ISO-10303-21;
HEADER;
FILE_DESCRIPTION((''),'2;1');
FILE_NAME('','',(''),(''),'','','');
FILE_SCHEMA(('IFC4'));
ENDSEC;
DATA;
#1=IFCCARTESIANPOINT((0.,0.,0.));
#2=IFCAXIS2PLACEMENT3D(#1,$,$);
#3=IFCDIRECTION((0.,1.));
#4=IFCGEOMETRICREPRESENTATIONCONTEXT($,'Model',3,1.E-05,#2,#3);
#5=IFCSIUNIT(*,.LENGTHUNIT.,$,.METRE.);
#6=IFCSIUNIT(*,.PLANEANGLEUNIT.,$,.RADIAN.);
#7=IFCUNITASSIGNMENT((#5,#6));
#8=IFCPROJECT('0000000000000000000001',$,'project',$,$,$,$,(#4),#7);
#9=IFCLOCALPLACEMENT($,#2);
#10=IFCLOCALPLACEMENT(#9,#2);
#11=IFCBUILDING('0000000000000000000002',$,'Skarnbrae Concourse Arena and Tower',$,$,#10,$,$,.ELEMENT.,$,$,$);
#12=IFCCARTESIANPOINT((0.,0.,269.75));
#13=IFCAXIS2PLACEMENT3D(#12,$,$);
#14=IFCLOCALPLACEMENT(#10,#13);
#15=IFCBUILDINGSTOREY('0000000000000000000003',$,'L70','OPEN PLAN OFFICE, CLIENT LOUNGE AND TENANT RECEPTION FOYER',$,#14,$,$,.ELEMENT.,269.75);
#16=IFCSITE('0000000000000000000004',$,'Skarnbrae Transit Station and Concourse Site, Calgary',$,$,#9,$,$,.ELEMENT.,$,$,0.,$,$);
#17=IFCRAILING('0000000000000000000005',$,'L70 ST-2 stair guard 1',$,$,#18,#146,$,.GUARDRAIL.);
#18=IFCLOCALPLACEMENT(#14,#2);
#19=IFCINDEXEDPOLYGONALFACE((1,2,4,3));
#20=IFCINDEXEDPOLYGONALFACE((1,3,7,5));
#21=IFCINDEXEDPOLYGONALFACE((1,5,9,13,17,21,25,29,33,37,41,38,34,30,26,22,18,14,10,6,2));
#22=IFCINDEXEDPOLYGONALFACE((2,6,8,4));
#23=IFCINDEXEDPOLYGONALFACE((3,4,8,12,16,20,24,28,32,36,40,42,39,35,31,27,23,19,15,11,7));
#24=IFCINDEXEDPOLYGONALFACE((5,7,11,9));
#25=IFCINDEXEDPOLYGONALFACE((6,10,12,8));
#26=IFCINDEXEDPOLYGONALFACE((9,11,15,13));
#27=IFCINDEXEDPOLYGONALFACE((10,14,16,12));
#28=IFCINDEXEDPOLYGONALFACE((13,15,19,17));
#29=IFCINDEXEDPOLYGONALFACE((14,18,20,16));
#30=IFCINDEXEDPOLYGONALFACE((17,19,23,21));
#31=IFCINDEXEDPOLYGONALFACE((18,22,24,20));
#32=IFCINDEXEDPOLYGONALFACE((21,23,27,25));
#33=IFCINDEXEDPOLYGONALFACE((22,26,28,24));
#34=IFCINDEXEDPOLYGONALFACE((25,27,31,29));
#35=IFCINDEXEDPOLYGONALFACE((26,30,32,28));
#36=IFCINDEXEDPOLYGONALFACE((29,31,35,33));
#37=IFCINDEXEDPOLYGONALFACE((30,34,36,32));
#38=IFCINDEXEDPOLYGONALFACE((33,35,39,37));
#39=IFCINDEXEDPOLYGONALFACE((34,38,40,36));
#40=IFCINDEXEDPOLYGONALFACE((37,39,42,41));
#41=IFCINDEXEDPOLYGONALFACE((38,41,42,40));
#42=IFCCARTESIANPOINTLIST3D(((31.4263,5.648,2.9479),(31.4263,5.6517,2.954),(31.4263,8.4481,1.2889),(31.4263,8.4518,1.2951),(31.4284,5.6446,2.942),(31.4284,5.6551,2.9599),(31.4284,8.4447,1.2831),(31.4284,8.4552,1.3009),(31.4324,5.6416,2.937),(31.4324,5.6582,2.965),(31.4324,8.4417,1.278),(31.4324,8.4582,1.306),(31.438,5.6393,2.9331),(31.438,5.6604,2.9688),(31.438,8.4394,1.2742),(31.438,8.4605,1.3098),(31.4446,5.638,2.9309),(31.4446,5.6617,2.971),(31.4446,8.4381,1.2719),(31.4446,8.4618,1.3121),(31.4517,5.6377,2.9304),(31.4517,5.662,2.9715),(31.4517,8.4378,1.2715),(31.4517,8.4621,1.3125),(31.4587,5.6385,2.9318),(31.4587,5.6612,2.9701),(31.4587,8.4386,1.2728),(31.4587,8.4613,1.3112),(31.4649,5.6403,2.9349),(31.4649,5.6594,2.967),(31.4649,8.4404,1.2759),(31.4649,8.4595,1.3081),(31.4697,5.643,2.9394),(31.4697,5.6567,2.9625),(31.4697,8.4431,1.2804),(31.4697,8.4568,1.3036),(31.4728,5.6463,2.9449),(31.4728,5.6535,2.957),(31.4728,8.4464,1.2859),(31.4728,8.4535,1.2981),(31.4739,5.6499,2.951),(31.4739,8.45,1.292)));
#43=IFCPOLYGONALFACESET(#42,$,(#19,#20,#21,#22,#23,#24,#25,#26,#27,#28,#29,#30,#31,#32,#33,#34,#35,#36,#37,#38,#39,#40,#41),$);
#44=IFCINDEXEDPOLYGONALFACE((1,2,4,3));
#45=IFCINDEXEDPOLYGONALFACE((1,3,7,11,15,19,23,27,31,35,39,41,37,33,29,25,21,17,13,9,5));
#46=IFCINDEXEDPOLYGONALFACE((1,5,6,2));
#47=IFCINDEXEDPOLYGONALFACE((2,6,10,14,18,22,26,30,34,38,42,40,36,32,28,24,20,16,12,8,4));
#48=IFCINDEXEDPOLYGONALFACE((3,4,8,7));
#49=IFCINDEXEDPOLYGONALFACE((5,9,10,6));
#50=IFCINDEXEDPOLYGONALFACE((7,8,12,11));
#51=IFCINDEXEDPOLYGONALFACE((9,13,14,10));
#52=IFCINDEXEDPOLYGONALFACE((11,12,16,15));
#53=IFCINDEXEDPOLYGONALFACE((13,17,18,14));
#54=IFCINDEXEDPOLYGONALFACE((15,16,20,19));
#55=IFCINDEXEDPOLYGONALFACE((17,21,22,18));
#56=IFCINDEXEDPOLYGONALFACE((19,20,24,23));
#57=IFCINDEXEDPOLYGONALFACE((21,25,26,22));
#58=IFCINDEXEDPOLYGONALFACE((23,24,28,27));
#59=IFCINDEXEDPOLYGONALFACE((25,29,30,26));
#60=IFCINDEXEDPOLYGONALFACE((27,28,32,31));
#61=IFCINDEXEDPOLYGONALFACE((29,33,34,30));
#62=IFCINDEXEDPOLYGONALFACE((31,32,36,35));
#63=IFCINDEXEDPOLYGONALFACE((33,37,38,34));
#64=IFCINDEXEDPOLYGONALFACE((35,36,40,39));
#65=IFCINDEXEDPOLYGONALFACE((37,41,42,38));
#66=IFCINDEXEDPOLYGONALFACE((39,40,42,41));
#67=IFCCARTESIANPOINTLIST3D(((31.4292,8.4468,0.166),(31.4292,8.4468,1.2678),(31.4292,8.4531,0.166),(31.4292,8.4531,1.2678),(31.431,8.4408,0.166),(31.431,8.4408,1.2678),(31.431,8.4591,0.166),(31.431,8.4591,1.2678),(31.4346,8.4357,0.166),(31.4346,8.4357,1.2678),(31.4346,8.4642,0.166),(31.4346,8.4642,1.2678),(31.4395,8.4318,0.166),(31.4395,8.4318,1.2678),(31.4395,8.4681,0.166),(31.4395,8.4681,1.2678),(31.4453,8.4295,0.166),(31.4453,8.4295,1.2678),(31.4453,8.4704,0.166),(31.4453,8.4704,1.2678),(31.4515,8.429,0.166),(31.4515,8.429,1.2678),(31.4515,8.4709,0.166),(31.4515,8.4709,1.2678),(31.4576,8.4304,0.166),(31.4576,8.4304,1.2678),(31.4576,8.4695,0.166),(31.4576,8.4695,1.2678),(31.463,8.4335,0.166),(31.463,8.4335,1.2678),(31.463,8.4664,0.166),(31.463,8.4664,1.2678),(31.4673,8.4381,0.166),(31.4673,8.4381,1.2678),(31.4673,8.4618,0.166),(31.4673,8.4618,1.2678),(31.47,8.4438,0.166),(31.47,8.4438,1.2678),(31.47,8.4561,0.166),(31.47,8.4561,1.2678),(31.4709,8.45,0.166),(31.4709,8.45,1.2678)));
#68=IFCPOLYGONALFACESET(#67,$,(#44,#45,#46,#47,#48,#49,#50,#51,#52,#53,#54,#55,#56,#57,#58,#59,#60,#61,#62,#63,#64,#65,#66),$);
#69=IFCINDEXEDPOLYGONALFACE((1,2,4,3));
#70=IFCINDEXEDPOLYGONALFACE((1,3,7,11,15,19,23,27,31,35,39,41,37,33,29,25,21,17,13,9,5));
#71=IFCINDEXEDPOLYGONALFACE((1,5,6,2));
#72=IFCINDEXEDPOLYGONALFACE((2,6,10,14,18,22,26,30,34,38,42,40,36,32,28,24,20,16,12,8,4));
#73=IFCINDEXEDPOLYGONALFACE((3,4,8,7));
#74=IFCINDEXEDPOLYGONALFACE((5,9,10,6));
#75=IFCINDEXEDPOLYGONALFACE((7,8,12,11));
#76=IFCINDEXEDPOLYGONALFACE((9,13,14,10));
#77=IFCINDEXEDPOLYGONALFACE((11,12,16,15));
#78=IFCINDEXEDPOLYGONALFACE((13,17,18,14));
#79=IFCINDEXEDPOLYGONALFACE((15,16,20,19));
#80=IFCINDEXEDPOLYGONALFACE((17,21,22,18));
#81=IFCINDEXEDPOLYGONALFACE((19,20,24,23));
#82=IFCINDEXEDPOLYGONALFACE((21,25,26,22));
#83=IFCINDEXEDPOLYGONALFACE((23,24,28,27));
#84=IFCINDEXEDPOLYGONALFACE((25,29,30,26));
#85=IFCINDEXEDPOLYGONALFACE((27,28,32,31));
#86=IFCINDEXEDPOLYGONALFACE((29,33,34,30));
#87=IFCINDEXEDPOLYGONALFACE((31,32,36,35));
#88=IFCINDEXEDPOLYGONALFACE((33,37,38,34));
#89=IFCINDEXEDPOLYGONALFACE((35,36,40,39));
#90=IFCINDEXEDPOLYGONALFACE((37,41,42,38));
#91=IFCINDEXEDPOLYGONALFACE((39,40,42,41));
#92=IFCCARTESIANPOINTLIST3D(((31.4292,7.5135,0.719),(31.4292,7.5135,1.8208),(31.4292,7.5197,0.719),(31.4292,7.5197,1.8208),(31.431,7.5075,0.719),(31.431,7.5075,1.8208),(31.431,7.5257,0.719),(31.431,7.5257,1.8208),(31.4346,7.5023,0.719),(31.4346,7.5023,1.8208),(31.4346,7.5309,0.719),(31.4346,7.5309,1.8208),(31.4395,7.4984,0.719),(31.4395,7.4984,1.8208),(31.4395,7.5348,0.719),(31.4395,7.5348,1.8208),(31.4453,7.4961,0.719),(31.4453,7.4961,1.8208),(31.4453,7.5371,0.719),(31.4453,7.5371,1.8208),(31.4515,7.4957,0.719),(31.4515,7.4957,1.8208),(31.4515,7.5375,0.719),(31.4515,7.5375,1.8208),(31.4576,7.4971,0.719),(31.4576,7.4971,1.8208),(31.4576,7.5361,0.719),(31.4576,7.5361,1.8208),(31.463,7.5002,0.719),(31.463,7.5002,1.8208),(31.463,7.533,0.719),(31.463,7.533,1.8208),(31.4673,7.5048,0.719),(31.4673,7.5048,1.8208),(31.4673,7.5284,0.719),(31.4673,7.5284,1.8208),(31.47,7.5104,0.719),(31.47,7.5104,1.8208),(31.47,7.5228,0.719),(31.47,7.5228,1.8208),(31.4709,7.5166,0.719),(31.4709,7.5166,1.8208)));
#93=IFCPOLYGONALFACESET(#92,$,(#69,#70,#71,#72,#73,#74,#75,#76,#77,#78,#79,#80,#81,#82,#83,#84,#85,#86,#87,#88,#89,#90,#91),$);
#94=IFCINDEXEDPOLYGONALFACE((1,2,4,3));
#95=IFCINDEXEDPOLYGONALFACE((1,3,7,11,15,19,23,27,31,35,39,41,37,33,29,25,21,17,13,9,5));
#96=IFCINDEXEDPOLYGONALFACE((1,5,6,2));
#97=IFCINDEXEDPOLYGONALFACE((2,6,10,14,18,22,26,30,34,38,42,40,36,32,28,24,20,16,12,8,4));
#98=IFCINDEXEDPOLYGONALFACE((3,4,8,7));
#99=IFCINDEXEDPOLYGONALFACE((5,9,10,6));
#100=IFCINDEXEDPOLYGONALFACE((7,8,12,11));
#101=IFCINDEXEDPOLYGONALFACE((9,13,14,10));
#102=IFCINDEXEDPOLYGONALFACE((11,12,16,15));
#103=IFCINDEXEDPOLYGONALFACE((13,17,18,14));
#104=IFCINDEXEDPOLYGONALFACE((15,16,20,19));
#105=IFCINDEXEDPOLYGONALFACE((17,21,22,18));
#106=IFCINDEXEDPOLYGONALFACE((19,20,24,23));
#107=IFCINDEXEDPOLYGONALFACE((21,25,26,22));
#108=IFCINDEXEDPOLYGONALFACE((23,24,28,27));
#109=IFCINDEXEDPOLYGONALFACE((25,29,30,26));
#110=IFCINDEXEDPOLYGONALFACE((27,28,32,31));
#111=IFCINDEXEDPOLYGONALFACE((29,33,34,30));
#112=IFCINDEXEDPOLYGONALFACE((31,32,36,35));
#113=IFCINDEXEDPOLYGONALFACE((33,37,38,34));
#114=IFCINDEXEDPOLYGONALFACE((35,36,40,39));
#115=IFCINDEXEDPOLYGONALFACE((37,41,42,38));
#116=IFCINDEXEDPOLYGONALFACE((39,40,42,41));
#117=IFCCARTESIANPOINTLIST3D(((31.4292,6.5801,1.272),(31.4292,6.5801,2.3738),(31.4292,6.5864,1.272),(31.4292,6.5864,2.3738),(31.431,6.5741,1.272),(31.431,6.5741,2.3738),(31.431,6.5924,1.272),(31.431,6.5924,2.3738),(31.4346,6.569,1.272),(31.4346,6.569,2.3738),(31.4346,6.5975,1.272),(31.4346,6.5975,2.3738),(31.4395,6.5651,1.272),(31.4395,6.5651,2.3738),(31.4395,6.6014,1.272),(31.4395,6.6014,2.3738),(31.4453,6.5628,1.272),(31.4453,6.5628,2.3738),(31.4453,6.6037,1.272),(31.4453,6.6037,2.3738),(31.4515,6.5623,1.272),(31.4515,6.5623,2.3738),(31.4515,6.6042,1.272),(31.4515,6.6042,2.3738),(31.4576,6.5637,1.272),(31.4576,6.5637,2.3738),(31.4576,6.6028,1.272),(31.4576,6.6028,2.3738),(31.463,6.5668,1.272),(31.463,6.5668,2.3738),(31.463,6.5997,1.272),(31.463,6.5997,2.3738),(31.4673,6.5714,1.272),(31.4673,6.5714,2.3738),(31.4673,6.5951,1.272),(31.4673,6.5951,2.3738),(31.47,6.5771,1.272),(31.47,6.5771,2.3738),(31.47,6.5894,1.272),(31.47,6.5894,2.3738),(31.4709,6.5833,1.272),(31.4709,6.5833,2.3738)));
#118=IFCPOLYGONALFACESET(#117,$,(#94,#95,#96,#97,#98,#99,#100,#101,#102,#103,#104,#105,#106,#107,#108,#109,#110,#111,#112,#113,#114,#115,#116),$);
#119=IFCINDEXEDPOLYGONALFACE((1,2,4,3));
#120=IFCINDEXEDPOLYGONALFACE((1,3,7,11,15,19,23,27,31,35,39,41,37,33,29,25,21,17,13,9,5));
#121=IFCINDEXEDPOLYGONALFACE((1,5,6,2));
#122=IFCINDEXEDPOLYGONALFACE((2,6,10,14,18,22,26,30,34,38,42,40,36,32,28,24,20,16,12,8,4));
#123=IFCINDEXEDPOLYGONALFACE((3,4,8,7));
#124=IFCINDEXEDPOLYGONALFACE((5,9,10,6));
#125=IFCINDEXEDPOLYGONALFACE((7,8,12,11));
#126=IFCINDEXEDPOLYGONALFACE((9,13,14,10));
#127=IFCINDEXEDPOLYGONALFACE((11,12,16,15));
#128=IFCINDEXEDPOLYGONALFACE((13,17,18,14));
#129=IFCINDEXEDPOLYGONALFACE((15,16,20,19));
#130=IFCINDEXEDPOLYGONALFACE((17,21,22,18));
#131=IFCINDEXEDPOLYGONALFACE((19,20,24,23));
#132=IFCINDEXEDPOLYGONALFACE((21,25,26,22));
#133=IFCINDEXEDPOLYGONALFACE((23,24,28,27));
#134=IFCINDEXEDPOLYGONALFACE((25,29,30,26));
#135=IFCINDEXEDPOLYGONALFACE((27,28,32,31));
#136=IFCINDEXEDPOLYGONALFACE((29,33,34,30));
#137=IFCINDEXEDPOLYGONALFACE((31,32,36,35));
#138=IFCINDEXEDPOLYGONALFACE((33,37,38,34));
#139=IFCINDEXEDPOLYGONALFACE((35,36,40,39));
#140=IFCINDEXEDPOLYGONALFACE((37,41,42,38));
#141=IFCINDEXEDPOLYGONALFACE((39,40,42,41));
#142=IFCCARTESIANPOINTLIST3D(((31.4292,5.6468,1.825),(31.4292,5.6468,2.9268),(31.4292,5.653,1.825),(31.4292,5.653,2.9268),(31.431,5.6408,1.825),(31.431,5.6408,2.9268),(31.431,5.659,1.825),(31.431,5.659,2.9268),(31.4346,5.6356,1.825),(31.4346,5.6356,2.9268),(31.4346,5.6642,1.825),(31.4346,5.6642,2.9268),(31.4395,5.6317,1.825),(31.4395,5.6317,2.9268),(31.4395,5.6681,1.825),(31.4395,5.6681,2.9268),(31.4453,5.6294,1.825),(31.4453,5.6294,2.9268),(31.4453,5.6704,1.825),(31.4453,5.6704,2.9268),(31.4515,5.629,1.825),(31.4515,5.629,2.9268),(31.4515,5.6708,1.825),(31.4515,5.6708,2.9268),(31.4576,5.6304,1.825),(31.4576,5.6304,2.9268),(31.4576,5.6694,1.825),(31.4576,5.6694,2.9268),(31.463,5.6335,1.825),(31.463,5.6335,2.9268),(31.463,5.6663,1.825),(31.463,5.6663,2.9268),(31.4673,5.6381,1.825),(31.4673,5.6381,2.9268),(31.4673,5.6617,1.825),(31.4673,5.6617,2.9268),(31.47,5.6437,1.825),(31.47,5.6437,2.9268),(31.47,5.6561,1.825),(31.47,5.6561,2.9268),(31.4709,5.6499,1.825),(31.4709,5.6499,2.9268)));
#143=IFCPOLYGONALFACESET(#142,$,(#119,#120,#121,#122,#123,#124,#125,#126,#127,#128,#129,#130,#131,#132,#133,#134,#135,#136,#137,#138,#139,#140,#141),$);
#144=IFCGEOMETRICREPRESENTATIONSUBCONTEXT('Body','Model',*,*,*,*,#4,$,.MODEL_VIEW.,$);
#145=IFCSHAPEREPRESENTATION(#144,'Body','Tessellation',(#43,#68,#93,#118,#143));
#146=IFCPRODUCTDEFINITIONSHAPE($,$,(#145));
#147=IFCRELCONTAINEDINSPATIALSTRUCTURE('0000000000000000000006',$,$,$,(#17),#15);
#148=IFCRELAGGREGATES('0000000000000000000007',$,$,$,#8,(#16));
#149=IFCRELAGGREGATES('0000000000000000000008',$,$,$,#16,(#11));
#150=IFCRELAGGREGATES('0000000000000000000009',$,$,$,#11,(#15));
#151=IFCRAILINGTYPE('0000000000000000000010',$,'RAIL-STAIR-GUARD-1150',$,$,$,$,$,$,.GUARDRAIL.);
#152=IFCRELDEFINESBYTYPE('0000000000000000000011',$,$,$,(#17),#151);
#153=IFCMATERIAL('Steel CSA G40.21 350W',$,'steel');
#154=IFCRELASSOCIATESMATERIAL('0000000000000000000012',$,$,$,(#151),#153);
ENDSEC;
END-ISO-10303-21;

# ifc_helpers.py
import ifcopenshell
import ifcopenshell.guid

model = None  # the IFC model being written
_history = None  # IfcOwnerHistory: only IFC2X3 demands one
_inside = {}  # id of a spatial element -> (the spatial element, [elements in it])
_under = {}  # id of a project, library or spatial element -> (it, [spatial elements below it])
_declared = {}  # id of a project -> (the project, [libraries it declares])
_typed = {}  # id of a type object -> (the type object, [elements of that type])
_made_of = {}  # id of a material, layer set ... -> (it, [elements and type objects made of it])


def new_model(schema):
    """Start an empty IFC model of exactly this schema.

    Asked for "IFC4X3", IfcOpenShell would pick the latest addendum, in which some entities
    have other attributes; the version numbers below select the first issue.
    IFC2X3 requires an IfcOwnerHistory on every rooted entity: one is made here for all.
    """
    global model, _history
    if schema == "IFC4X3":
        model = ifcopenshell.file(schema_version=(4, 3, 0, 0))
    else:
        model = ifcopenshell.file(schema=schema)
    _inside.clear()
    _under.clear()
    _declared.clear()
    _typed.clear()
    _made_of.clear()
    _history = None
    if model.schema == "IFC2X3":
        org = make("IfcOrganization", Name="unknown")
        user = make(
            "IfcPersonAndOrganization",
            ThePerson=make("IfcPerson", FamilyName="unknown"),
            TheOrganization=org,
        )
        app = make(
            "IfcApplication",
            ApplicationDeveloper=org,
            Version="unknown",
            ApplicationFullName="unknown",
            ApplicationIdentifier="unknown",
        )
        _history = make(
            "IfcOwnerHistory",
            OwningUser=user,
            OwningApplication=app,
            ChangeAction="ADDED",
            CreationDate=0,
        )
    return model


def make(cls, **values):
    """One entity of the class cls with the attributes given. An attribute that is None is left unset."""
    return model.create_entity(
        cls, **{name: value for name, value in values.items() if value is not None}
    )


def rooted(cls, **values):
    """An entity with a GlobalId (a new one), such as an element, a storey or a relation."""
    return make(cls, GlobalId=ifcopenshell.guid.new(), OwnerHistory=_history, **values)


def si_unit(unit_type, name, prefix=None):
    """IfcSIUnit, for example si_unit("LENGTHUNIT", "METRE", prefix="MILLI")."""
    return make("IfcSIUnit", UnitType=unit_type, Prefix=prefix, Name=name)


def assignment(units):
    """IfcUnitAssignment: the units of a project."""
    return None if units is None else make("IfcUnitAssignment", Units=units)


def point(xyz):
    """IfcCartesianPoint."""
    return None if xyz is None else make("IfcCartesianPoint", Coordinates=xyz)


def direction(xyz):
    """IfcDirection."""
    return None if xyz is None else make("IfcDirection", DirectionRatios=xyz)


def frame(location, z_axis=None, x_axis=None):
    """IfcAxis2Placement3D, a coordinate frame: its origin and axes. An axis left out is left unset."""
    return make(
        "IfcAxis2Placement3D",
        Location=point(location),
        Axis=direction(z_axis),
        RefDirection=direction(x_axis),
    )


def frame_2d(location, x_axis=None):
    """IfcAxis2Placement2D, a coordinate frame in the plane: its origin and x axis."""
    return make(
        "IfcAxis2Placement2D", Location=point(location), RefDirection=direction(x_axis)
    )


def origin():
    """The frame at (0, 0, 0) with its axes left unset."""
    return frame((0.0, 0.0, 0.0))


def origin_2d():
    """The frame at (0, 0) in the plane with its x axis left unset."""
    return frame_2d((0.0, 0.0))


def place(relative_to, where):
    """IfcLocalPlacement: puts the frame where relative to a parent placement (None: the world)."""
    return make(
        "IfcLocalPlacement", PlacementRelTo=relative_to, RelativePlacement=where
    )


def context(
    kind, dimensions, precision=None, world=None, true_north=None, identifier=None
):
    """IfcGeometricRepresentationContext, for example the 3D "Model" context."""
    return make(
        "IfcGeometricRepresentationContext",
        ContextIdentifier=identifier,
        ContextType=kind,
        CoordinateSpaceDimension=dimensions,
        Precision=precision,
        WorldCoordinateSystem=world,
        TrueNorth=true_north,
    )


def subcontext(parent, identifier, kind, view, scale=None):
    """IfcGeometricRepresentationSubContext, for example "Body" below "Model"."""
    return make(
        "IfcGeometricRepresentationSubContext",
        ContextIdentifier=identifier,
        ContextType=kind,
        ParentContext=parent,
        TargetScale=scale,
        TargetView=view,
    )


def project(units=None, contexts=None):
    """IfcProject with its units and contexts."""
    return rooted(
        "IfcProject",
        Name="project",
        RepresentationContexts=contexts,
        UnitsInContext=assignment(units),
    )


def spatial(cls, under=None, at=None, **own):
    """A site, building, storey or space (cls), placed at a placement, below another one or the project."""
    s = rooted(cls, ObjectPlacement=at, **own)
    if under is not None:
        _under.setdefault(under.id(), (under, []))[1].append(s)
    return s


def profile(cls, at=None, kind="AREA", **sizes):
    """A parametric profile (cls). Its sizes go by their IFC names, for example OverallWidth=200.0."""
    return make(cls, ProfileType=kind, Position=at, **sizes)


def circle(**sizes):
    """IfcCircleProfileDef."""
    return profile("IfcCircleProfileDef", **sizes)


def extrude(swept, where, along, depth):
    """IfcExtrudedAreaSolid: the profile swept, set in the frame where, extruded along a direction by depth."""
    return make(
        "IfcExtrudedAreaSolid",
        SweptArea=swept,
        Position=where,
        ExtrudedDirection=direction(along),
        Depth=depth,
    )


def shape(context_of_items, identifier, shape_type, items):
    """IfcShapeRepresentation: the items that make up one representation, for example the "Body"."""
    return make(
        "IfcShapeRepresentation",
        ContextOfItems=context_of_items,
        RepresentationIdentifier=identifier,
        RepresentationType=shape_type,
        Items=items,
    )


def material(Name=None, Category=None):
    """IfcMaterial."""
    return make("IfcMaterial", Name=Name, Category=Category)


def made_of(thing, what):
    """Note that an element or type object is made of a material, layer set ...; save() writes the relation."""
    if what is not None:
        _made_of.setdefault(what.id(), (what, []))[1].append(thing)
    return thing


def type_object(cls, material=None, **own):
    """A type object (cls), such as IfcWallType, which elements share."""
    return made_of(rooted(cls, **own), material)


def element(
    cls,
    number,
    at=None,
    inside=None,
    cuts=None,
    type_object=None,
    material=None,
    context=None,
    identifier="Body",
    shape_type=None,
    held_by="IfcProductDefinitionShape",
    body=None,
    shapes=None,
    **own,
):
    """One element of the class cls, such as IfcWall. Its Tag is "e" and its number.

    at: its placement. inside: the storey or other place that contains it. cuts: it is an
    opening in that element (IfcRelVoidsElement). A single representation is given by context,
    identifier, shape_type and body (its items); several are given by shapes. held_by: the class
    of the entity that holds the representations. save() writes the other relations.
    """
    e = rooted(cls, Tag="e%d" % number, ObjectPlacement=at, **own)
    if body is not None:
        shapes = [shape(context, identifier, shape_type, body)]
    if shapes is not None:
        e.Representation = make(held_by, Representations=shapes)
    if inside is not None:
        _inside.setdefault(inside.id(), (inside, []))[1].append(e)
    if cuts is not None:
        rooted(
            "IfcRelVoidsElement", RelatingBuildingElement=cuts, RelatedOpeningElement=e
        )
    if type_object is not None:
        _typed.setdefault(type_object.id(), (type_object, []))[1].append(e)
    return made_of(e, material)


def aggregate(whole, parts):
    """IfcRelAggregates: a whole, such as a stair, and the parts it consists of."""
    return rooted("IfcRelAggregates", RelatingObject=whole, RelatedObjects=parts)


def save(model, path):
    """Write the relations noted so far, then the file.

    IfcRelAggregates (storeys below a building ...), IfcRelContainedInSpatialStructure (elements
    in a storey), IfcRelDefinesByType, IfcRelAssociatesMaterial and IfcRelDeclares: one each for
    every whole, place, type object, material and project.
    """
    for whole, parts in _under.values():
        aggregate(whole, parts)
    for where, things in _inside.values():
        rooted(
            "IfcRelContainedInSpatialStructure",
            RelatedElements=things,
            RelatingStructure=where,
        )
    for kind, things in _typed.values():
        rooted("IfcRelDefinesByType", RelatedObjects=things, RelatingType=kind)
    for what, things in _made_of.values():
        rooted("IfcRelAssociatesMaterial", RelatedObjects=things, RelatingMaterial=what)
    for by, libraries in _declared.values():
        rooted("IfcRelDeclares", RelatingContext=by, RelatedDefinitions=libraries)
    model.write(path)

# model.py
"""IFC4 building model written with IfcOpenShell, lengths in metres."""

from ifc_helpers import new_model, si_unit, direction, frame, origin, origin_2d, place, context, subcontext, project, spatial, circle, extrude, material, type_object, element, save


model = new_model("IFC4")

# Units and contexts
model_context = context("Model", 3, precision=1e-05, world=origin(), true_north=direction((0.0, 1.0)))
body_context = subcontext(model_context, "Body", "Model", "MODEL_VIEW")
ifc_project = project(units=[si_unit("LENGTHUNIT", "METRE"), si_unit("PLANEANGLEUNIT", "RADIAN")], contexts=[model_context])

# Site, building, storey
site_placement = place(None, origin())
site = spatial("IfcSite", under=ifc_project, at=site_placement, Name="Skarnbrae Transit Station and Concourse Site, Calgary", CompositionType="ELEMENT", RefElevation=0.0)
building_placement = place(site_placement, origin())
building = spatial("IfcBuilding", under=site, at=building_placement, Name="Skarnbrae Concourse Arena and Tower", CompositionType="ELEMENT")
storey_placement = place(building_placement, frame((0.0, 0.0, 269.75)))
storey = spatial("IfcBuildingStorey", under=building, at=storey_placement, Name="L70", Description="OPEN PLAN OFFICE, CLIENT LOUNGE AND TENANT RECEPTION FOYER", CompositionType="ELEMENT", Elevation=269.75)

# Shared definitions
ifc_material_1 = material(Name="Steel CSA G40.21 350W", Category="steel")

# Railing
railing_type = type_object("IfcRailingType", Name="RAIL-STAIR-GUARD-1150", PredefinedType="GUARDRAIL", material=ifc_material_1)
railing_1_placement = place(storey_placement, frame((31.45, 8.45, 0.166)))
element("IfcRailing", 1, at=railing_1_placement, inside=storey, type_object=railing_type, Name="L70 ST-2 stair guard 1", PredefinedType="GUARDRAIL", context=body_context, shape_type="SweptSolid", body=[
    extrude(circle(Radius=0.0239, at=origin_2d()), frame((0.0, 0.0, 1.126), z_axis=(0.0, -0.860339, 0.509722), x_axis=(1.0, 0.0, 0.0)), (0.0, 0.0, 1.0), 3.2546),
    extrude(circle(Radius=0.021, at=origin_2d()), origin(), (0.0, 0.0, 1.0), 1.1018),
    extrude(circle(Radius=0.021, at=origin_2d()), frame((0.0, -0.9333, 0.553)), (0.0, 0.0, 1.0), 1.1018),
    extrude(circle(Radius=0.021, at=origin_2d()), frame((0.0, -1.8667, 1.106)), (0.0, 0.0, 1.0), 1.1018),
    extrude(circle(Radius=0.021, at=origin_2d()), frame((0.0, -2.8, 1.6589)), (0.0, 0.0, 1.0), 1.1018),
])

save(model, "model.ifc")
